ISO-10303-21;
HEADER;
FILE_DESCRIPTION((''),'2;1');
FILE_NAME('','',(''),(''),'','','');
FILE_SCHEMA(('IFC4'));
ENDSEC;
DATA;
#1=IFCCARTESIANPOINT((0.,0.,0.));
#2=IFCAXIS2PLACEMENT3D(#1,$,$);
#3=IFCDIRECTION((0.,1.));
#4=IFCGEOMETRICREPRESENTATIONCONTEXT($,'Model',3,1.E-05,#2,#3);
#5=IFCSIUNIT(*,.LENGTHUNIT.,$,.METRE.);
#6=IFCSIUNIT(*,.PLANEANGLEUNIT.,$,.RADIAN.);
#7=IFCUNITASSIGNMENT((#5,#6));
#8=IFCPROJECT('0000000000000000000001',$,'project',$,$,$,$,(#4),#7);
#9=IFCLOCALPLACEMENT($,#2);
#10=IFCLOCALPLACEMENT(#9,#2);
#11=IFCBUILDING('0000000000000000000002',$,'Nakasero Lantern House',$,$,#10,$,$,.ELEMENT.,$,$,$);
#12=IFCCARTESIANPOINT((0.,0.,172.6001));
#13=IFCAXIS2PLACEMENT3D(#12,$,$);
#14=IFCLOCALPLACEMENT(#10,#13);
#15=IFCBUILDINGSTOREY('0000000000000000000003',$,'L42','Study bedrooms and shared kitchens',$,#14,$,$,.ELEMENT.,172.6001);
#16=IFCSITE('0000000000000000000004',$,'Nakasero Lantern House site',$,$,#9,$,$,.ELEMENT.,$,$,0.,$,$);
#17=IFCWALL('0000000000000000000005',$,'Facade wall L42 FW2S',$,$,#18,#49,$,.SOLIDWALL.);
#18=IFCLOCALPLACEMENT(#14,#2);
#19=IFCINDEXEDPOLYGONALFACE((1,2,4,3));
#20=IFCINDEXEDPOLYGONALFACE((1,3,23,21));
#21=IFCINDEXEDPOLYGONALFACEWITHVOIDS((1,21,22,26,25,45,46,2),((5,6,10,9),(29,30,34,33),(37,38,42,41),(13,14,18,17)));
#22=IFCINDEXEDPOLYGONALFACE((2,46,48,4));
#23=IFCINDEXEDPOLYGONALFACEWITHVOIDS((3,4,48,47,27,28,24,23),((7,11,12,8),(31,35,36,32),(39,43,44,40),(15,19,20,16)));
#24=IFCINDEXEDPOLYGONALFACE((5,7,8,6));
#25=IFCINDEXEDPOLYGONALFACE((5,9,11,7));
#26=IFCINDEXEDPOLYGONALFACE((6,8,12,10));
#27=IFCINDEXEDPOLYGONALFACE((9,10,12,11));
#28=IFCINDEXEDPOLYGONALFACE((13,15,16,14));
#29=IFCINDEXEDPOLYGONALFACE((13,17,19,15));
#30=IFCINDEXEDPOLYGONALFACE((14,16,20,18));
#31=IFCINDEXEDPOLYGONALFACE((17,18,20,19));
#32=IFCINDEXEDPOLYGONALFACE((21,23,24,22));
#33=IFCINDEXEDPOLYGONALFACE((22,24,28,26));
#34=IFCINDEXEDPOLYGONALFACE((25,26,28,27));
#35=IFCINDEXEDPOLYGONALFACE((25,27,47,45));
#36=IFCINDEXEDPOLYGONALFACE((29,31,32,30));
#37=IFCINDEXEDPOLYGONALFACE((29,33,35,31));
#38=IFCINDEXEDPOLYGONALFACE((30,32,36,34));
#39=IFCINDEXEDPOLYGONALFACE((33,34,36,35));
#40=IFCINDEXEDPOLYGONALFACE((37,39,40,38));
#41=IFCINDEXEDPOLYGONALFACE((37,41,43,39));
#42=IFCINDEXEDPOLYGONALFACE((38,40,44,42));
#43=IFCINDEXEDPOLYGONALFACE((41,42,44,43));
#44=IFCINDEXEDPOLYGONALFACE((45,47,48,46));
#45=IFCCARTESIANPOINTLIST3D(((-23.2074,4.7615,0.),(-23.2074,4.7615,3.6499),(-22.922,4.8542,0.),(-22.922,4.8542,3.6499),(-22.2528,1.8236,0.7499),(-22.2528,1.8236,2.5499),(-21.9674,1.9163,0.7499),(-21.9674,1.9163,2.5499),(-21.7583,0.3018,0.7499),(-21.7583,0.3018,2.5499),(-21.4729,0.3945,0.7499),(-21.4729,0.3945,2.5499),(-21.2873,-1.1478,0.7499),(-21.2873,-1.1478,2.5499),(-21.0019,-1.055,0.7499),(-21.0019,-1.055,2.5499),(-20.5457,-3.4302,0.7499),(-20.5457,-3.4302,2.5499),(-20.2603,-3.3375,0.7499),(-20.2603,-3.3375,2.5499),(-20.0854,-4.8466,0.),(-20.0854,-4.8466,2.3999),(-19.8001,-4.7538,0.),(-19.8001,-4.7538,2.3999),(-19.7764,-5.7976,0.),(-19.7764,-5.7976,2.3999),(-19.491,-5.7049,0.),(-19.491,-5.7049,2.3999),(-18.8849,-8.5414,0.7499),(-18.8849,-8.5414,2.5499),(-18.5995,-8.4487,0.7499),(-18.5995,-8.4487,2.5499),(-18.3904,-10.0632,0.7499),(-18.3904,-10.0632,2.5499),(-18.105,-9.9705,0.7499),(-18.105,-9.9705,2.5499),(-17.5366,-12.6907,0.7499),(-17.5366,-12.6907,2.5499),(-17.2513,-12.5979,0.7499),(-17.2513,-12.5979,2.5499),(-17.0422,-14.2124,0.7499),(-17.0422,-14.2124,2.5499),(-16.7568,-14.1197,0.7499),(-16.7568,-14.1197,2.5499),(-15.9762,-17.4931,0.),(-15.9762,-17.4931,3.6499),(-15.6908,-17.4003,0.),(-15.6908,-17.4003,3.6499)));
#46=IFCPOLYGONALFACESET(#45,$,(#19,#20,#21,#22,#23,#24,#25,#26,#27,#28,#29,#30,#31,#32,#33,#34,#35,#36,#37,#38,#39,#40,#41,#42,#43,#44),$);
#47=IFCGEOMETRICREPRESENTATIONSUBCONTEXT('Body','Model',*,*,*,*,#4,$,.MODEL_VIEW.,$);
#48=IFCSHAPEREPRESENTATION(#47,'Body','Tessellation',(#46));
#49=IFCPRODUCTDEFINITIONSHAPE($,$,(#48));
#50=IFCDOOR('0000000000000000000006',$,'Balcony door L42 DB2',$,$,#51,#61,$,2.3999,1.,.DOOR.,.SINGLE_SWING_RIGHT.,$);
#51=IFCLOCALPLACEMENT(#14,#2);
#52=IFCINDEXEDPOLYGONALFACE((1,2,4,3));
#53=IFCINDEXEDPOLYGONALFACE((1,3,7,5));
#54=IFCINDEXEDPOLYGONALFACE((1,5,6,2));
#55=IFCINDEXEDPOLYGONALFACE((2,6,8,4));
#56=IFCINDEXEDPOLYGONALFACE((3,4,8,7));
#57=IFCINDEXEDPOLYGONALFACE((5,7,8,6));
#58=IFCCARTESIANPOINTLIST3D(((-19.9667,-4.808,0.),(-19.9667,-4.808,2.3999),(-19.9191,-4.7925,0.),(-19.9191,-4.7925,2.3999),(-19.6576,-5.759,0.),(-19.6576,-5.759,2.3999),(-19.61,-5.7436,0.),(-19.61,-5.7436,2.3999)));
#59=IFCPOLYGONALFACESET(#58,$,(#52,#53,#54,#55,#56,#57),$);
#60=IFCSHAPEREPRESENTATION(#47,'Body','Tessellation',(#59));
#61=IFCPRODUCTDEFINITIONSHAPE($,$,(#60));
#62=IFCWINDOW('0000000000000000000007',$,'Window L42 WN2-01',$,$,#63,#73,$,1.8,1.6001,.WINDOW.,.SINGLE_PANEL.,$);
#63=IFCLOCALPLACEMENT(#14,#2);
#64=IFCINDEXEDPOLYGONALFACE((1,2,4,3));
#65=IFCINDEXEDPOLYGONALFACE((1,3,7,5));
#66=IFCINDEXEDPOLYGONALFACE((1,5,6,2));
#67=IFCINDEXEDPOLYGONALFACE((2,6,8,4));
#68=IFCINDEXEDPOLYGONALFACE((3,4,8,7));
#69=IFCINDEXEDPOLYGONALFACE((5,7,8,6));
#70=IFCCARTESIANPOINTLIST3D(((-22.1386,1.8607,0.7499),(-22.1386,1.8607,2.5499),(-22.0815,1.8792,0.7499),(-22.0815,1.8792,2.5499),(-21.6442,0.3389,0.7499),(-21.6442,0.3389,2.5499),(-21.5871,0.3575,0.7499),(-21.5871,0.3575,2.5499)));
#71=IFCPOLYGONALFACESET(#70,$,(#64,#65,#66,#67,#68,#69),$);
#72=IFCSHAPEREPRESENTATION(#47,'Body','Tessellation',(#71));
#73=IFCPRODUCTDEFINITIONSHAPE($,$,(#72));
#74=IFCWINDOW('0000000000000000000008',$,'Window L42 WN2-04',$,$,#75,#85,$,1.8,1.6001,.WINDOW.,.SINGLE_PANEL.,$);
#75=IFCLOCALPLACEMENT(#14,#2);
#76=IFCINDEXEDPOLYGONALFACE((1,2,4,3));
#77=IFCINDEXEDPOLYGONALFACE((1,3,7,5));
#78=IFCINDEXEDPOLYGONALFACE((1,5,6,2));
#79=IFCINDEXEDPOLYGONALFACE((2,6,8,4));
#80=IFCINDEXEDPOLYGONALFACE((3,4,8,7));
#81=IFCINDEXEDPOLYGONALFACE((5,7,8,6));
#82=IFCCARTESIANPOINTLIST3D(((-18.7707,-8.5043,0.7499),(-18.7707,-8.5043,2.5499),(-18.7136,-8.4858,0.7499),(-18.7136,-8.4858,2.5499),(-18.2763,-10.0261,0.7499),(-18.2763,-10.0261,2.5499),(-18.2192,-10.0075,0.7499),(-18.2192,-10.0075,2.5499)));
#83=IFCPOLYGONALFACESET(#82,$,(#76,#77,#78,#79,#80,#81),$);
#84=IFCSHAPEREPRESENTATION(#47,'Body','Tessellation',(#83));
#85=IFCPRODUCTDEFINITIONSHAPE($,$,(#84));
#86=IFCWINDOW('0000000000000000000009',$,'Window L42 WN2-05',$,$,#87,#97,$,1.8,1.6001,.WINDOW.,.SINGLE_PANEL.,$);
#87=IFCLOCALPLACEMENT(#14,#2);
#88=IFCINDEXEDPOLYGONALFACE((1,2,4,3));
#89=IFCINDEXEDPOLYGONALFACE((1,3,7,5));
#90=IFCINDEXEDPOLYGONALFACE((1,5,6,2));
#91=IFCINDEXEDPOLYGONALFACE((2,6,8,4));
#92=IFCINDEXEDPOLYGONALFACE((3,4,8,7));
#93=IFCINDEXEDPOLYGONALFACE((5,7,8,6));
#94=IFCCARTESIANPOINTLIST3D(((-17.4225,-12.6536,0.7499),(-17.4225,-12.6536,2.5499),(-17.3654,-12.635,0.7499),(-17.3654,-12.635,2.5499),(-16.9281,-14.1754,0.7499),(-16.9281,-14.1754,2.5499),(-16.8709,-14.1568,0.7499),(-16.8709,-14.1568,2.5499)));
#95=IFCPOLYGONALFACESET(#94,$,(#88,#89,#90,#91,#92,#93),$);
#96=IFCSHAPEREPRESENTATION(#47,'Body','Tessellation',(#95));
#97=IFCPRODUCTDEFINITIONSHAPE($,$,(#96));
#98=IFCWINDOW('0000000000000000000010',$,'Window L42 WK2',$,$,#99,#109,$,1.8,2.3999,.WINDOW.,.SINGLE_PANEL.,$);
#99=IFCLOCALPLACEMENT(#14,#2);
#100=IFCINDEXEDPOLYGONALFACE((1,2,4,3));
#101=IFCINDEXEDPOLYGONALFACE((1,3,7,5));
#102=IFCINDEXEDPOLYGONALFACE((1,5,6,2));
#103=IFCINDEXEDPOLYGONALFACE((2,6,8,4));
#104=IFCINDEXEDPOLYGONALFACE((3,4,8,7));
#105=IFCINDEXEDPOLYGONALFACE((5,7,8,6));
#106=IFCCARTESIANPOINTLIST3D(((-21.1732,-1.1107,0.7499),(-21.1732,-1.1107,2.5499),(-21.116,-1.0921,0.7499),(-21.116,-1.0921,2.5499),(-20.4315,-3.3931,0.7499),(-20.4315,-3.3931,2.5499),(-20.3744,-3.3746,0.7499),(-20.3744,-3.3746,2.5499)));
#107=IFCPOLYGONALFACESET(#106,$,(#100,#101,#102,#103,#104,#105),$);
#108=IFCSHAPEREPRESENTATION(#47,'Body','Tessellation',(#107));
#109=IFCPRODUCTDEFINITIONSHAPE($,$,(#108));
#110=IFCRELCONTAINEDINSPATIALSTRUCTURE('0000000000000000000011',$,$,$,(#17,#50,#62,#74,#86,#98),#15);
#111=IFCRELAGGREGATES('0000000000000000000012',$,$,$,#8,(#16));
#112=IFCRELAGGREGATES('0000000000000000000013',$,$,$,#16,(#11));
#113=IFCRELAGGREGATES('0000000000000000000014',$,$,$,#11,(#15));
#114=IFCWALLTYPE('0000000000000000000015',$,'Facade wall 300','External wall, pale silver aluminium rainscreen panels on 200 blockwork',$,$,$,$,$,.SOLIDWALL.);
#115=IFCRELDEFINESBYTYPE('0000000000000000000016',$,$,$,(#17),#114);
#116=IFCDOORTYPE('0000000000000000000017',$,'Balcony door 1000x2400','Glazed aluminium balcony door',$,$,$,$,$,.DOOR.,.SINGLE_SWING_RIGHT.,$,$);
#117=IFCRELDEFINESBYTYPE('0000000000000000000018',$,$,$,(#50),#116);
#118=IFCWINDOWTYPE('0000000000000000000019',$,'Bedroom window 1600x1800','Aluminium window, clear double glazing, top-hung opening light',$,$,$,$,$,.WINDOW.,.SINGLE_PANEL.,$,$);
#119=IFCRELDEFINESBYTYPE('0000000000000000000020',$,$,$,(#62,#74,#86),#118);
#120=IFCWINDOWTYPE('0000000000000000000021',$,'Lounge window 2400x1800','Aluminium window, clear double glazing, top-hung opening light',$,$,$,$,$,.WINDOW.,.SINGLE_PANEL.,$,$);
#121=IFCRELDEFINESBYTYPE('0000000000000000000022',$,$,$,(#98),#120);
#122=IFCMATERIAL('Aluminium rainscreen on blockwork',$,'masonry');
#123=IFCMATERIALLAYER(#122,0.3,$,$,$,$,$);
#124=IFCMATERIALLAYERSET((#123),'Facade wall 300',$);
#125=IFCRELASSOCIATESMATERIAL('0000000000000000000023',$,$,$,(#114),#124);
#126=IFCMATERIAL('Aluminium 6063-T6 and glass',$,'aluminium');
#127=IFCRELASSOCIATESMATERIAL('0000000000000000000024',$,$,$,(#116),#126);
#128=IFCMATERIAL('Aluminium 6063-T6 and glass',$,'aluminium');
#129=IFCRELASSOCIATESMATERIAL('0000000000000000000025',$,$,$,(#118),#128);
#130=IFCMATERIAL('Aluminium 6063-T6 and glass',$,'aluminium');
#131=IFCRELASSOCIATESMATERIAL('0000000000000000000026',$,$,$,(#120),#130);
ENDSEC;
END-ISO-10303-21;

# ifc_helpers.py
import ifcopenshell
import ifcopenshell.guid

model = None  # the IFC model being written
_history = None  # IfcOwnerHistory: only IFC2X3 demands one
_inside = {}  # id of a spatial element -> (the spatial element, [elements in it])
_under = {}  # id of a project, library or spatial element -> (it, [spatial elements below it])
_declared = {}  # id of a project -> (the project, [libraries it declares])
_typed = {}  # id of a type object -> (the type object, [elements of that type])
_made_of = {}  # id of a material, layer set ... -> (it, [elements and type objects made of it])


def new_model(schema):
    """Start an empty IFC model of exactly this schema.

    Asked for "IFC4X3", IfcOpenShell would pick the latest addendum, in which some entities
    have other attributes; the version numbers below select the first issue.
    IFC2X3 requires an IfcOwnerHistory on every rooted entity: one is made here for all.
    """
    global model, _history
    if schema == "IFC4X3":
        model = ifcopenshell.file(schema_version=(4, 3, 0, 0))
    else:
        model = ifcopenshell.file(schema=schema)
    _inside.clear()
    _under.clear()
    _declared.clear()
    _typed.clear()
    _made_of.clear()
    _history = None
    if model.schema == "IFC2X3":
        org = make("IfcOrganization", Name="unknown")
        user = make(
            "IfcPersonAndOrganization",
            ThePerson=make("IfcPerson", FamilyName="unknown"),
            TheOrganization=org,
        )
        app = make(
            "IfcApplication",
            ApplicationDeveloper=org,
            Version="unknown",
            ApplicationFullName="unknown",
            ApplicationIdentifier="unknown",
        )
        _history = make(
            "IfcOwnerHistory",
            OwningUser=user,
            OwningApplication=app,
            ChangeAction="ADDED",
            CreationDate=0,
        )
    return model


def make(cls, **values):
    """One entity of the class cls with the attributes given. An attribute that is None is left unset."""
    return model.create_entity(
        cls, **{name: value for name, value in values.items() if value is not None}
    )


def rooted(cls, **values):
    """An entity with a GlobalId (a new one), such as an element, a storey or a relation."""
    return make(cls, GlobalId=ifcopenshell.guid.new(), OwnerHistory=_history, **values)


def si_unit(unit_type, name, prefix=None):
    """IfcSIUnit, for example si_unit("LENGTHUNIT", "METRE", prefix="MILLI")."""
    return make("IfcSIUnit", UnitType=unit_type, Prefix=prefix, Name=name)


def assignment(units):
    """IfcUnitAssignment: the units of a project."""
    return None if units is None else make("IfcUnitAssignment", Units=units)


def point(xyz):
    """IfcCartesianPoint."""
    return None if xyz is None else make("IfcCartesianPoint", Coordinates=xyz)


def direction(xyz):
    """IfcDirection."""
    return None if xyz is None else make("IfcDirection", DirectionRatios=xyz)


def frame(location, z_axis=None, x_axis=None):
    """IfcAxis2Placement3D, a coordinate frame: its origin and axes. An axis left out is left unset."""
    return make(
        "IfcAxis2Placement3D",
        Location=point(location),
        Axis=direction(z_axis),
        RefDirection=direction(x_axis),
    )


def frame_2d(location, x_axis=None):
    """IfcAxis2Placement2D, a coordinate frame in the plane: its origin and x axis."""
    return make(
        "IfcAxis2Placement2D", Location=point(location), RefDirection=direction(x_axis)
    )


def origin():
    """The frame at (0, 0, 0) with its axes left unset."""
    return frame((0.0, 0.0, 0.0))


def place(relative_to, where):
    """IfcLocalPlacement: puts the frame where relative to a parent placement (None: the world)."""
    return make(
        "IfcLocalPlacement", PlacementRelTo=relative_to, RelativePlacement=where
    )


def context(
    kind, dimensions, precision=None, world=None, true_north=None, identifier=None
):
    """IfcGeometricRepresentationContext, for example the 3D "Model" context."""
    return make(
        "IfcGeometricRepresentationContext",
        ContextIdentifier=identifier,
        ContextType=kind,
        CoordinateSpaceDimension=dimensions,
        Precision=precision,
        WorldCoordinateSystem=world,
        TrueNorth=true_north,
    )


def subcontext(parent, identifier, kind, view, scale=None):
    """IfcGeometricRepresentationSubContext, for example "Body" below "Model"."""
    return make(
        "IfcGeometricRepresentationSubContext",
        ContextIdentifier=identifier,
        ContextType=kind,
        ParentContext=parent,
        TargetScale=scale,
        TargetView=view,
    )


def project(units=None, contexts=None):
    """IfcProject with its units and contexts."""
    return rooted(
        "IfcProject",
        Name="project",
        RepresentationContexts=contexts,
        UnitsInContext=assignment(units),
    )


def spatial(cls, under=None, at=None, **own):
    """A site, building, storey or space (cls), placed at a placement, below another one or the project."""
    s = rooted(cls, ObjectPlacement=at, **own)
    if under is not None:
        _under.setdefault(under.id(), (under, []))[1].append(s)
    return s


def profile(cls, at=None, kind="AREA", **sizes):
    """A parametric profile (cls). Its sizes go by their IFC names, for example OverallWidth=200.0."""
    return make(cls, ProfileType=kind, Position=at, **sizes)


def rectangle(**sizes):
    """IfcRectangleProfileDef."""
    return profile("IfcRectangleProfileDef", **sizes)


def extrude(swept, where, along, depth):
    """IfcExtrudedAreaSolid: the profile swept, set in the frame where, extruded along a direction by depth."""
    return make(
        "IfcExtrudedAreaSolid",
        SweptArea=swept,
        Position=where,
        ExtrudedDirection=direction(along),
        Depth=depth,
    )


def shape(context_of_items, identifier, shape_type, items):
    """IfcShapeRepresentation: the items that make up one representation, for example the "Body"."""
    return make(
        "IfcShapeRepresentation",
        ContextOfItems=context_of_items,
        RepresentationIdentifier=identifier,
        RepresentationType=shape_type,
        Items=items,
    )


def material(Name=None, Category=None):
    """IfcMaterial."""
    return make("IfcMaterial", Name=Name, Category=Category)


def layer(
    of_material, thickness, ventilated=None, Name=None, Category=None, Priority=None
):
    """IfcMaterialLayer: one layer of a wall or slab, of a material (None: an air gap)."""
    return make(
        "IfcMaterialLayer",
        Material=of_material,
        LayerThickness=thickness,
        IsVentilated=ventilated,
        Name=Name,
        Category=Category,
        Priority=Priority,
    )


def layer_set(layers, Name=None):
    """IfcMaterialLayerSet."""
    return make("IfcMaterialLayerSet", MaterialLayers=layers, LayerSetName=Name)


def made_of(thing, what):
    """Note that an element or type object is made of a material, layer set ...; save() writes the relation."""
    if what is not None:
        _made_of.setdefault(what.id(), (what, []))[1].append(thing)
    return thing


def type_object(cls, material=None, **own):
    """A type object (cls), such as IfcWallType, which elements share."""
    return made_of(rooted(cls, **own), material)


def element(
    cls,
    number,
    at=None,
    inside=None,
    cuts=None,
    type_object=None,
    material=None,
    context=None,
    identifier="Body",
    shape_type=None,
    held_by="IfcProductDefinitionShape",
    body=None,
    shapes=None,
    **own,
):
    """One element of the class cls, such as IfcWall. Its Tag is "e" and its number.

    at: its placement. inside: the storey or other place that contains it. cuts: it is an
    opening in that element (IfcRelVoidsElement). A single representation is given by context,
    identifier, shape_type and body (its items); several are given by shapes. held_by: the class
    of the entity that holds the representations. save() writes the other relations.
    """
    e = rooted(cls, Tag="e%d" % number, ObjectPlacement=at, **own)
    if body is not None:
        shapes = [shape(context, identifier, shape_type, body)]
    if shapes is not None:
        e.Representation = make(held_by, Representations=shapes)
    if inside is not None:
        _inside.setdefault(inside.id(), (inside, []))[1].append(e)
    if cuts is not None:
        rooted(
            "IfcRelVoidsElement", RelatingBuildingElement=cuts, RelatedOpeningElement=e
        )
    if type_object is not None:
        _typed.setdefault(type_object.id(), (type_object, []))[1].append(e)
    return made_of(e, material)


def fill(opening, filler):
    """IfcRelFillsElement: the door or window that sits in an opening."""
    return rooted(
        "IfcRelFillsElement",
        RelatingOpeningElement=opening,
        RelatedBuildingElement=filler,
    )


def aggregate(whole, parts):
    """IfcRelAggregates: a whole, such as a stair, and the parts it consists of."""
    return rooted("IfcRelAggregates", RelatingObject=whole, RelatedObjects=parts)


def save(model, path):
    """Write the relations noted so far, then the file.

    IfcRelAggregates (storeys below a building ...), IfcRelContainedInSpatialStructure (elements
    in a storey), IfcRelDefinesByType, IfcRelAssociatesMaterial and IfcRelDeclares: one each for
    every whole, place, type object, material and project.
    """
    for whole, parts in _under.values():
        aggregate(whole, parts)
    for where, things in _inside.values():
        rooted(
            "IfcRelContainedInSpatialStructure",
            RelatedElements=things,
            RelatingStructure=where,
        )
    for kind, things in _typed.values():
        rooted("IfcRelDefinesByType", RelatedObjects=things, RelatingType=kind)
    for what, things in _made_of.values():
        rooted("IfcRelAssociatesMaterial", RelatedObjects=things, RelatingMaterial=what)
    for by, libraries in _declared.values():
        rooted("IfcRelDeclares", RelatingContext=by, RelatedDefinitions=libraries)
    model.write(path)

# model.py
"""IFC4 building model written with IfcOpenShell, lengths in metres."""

from ifc_helpers import new_model, si_unit, direction, frame, frame_2d, origin, place, context, subcontext, project, spatial, rectangle, extrude, material, layer, layer_set, type_object, element, fill, save


model = new_model("IFC4")

# Units and contexts
model_context = context("Model", 3, precision=1e-05, world=origin(), true_north=direction((0.0, 1.0)))
body_context = subcontext(model_context, "Body", "Model", "MODEL_VIEW")
ifc_project = project(units=[si_unit("LENGTHUNIT", "METRE"), si_unit("PLANEANGLEUNIT", "RADIAN")], contexts=[model_context])

# Site, building, storey
site_placement = place(None, origin())
site = spatial("IfcSite", under=ifc_project, at=site_placement, Name="Nakasero Lantern House site", CompositionType="ELEMENT", RefElevation=0.0)
building_placement = place(site_placement, origin())
building = spatial("IfcBuilding", under=site, at=building_placement, Name="Nakasero Lantern House", CompositionType="ELEMENT")
storey_placement = place(building_placement, frame((0.0, 0.0, 172.6001)))
storey = spatial("IfcBuildingStorey", under=building, at=storey_placement, Name="L42", Description="Study bedrooms and shared kitchens", CompositionType="ELEMENT", Elevation=172.6001)

# Wall, openings, door, windows
ifc_material_1 = material(Name="Aluminium rainscreen on blockwork", Category="masonry")
ifc_layer_1 = layer(ifc_material_1, 0.3)
ifc_layer_set_1 = layer_set([ifc_layer_1], Name="Facade wall 300")
wall_type_1 = type_object("IfcWallType", Name="Facade wall 300", Description="External wall, pale silver aluminium rainscreen panels on 200 blockwork", PredefinedType="SOLIDWALL", material=ifc_layer_set_1)
wall_1_placement = place(storey_placement, frame((-23.0647, 4.8079, 0.0), z_axis=(0.0, 0.0, 1.0), x_axis=(0.309026, -0.951054, 0.0)))
wall_1 = element("IfcWall", 1, at=wall_1_placement, inside=storey, type_object=wall_type_1, Name="Facade wall L42 FW2S", PredefinedType="SOLIDWALL", context=body_context, shape_type="SweptSolid", body=[
    extrude(rectangle(XDim=23.3999, YDim=0.3, at=frame_2d((11.7, 0.0))), origin(), (0.0, 0.0, 1.0), 3.6499),
])
opening_1_placement = place(wall_1_placement, frame((3.0891, 0.0, 0.75)))
opening_1 = element("IfcOpeningElement", 2, at=opening_1_placement, cuts=wall_1, PredefinedType="OPENING", context=body_context, shape_type="SweptSolid", body=[
    extrude(rectangle(XDim=1.6001, YDim=1.8, at=frame_2d((0.8, 0.8999))), frame((0.0, 0.1699, 0.0), z_axis=(0.0, -1.0, 0.0), x_axis=(1.0, 0.0, 0.0)), (0.0, 0.0, 1.0), 0.3401),
])
opening_2_placement = place(wall_1_placement, frame((13.9875, 0.0, 0.75)))
opening_2 = element("IfcOpeningElement", 3, at=opening_2_placement, cuts=wall_1, PredefinedType="OPENING", context=body_context, shape_type="SweptSolid", body=[
    extrude(rectangle(XDim=1.6001, YDim=1.8, at=frame_2d((0.8, 0.8999))), frame((0.0, 0.1699, 0.0), z_axis=(0.0, -1.0, 0.0), x_axis=(1.0, 0.0, 0.0)), (0.0, 0.0, 1.0), 0.3401),
])
opening_3_placement = place(wall_1_placement, frame((18.3503, 0.0, 0.75)))
opening_3 = element("IfcOpeningElement", 4, at=opening_3_placement, cuts=wall_1, PredefinedType="OPENING", context=body_context, shape_type="SweptSolid", body=[
    extrude(rectangle(XDim=1.6001, YDim=1.8, at=frame_2d((0.8, 0.8999))), frame((0.0, 0.1699, 0.0), z_axis=(0.0, -1.0, 0.0), x_axis=(1.0, 0.0, 0.0)), (0.0, 0.0, 1.0), 0.3401),
])
opening_4_placement = place(wall_1_placement, frame((6.2134, 0.0, 0.75)))
opening_4 = element("IfcOpeningElement", 5, at=opening_4_placement, cuts=wall_1, PredefinedType="OPENING", context=body_context, shape_type="SweptSolid", body=[
    extrude(rectangle(XDim=2.3999, YDim=1.8, at=frame_2d((1.2, 0.8999))), frame((0.0, 0.1699, 0.0), z_axis=(0.0, -1.0, 0.0), x_axis=(1.0, 0.0, 0.0)), (0.0, 0.0, 1.0), 0.3401),
])
opening_5_placement = place(wall_1_placement, frame((10.1025, 0.0, 0.0)))
opening_5 = element("IfcOpeningElement", 6, at=opening_5_placement, cuts=wall_1, PredefinedType="OPENING", context=body_context, shape_type="SweptSolid", body=[
    extrude(rectangle(XDim=1.0, YDim=2.3999, at=frame_2d((0.5, 1.2))), frame((0.0, 0.1699, 0.0), z_axis=(0.0, -1.0, 0.0), x_axis=(1.0, 0.0, 0.0)), (0.0, 0.0, 1.0), 0.3401),
])
ifc_material_2 = material(Name="Aluminium 6063-T6 and glass", Category="aluminium")
door_type_1 = type_object("IfcDoorType", Name="Balcony door 1000x2400", Description="Glazed aluminium balcony door", OperationType="SINGLE_SWING_RIGHT", PredefinedType="DOOR", material=ifc_material_2)
door_1_placement = place(opening_5_placement, origin())
door_1 = element("IfcDoor", 7, at=door_1_placement, inside=storey, type_object=door_type_1, Name="Balcony door L42 DB2", OperationType="SINGLE_SWING_RIGHT", OverallHeight=2.3999, OverallWidth=1.0, PredefinedType="DOOR", context=body_context, shape_type="SweptSolid", body=[
    extrude(rectangle(XDim=1.0, YDim=2.3999, at=frame_2d((0.5, 1.2))), frame((0.0, 0.0249, 0.0), z_axis=(0.0, -1.0, 0.0), x_axis=(1.0, 0.0, 0.0)), (0.0, 0.0, 1.0), 0.05),
])
fill(opening_5, door_1)
ifc_material_3 = material(Name="Aluminium 6063-T6 and glass", Category="aluminium")
window_type_1 = type_object("IfcWindowType", Name="Bedroom window 1600x1800", Description="Aluminium window, clear double glazing, top-hung opening light", PartitioningType="SINGLE_PANEL", PredefinedType="WINDOW", material=ifc_material_3)
window_1_placement = place(opening_1_placement, origin())
window_1 = element("IfcWindow", 8, at=window_1_placement, inside=storey, type_object=window_type_1, Name="Window L42 WN2-01", OverallHeight=1.8, OverallWidth=1.6001, PartitioningType="SINGLE_PANEL", PredefinedType="WINDOW", context=body_context, shape_type="SweptSolid", body=[
    extrude(rectangle(XDim=1.6001, YDim=1.8, at=frame_2d((0.8, 0.8999))), frame((0.0, 0.03, 0.0), z_axis=(0.0, -1.0, 0.0), x_axis=(1.0, 0.0, 0.0)), (0.0, 0.0, 1.0), 0.0601),
])
fill(opening_1, window_1)
window_2_placement = place(opening_2_placement, origin())
window_2 = element("IfcWindow", 9, at=window_2_placement, inside=storey, type_object=window_type_1, Name="Window L42 WN2-04", OverallHeight=1.8, OverallWidth=1.6001, PartitioningType="SINGLE_PANEL", PredefinedType="WINDOW", context=body_context, shape_type="SweptSolid", body=[
    extrude(rectangle(XDim=1.6001, YDim=1.8, at=frame_2d((0.8, 0.8999))), frame((0.0, 0.03, 0.0), z_axis=(0.0, -1.0, 0.0), x_axis=(1.0, 0.0, 0.0)), (0.0, 0.0, 1.0), 0.0601),
])
fill(opening_2, window_2)
window_3_placement = place(opening_3_placement, origin())
window_3 = element("IfcWindow", 10, at=window_3_placement, inside=storey, type_object=window_type_1, Name="Window L42 WN2-05", OverallHeight=1.8, OverallWidth=1.6001, PartitioningType="SINGLE_PANEL", PredefinedType="WINDOW", context=body_context, shape_type="SweptSolid", body=[
    extrude(rectangle(XDim=1.6001, YDim=1.8, at=frame_2d((0.8, 0.8999))), frame((0.0, 0.03, 0.0), z_axis=(0.0, -1.0, 0.0), x_axis=(1.0, 0.0, 0.0)), (0.0, 0.0, 1.0), 0.0601),
])
fill(opening_3, window_3)
ifc_material_4 = material(Name="Aluminium 6063-T6 and glass", Category="aluminium")
window_type_2 = type_object("IfcWindowType", Name="Lounge window 2400x1800", Description="Aluminium window, clear double glazing, top-hung opening light", PartitioningType="SINGLE_PANEL", PredefinedType="WINDOW", material=ifc_material_4)
window_4_placement = place(opening_4_placement, origin())
window_4 = element("IfcWindow", 11, at=window_4_placement, inside=storey, type_object=window_type_2, Name="Window L42 WK2", OverallHeight=1.8, OverallWidth=2.3999, PartitioningType="SINGLE_PANEL", PredefinedType="WINDOW", context=body_context, shape_type="SweptSolid", body=[
    extrude(rectangle(XDim=2.3999, YDim=1.8, at=frame_2d((1.2, 0.8999))), frame((0.0, 0.03, 0.0), z_axis=(0.0, -1.0, 0.0), x_axis=(1.0, 0.0, 0.0)), (0.0, 0.0, 1.0), 0.0601),
])
fill(opening_4, window_4)

save(model, "model.ifc")
